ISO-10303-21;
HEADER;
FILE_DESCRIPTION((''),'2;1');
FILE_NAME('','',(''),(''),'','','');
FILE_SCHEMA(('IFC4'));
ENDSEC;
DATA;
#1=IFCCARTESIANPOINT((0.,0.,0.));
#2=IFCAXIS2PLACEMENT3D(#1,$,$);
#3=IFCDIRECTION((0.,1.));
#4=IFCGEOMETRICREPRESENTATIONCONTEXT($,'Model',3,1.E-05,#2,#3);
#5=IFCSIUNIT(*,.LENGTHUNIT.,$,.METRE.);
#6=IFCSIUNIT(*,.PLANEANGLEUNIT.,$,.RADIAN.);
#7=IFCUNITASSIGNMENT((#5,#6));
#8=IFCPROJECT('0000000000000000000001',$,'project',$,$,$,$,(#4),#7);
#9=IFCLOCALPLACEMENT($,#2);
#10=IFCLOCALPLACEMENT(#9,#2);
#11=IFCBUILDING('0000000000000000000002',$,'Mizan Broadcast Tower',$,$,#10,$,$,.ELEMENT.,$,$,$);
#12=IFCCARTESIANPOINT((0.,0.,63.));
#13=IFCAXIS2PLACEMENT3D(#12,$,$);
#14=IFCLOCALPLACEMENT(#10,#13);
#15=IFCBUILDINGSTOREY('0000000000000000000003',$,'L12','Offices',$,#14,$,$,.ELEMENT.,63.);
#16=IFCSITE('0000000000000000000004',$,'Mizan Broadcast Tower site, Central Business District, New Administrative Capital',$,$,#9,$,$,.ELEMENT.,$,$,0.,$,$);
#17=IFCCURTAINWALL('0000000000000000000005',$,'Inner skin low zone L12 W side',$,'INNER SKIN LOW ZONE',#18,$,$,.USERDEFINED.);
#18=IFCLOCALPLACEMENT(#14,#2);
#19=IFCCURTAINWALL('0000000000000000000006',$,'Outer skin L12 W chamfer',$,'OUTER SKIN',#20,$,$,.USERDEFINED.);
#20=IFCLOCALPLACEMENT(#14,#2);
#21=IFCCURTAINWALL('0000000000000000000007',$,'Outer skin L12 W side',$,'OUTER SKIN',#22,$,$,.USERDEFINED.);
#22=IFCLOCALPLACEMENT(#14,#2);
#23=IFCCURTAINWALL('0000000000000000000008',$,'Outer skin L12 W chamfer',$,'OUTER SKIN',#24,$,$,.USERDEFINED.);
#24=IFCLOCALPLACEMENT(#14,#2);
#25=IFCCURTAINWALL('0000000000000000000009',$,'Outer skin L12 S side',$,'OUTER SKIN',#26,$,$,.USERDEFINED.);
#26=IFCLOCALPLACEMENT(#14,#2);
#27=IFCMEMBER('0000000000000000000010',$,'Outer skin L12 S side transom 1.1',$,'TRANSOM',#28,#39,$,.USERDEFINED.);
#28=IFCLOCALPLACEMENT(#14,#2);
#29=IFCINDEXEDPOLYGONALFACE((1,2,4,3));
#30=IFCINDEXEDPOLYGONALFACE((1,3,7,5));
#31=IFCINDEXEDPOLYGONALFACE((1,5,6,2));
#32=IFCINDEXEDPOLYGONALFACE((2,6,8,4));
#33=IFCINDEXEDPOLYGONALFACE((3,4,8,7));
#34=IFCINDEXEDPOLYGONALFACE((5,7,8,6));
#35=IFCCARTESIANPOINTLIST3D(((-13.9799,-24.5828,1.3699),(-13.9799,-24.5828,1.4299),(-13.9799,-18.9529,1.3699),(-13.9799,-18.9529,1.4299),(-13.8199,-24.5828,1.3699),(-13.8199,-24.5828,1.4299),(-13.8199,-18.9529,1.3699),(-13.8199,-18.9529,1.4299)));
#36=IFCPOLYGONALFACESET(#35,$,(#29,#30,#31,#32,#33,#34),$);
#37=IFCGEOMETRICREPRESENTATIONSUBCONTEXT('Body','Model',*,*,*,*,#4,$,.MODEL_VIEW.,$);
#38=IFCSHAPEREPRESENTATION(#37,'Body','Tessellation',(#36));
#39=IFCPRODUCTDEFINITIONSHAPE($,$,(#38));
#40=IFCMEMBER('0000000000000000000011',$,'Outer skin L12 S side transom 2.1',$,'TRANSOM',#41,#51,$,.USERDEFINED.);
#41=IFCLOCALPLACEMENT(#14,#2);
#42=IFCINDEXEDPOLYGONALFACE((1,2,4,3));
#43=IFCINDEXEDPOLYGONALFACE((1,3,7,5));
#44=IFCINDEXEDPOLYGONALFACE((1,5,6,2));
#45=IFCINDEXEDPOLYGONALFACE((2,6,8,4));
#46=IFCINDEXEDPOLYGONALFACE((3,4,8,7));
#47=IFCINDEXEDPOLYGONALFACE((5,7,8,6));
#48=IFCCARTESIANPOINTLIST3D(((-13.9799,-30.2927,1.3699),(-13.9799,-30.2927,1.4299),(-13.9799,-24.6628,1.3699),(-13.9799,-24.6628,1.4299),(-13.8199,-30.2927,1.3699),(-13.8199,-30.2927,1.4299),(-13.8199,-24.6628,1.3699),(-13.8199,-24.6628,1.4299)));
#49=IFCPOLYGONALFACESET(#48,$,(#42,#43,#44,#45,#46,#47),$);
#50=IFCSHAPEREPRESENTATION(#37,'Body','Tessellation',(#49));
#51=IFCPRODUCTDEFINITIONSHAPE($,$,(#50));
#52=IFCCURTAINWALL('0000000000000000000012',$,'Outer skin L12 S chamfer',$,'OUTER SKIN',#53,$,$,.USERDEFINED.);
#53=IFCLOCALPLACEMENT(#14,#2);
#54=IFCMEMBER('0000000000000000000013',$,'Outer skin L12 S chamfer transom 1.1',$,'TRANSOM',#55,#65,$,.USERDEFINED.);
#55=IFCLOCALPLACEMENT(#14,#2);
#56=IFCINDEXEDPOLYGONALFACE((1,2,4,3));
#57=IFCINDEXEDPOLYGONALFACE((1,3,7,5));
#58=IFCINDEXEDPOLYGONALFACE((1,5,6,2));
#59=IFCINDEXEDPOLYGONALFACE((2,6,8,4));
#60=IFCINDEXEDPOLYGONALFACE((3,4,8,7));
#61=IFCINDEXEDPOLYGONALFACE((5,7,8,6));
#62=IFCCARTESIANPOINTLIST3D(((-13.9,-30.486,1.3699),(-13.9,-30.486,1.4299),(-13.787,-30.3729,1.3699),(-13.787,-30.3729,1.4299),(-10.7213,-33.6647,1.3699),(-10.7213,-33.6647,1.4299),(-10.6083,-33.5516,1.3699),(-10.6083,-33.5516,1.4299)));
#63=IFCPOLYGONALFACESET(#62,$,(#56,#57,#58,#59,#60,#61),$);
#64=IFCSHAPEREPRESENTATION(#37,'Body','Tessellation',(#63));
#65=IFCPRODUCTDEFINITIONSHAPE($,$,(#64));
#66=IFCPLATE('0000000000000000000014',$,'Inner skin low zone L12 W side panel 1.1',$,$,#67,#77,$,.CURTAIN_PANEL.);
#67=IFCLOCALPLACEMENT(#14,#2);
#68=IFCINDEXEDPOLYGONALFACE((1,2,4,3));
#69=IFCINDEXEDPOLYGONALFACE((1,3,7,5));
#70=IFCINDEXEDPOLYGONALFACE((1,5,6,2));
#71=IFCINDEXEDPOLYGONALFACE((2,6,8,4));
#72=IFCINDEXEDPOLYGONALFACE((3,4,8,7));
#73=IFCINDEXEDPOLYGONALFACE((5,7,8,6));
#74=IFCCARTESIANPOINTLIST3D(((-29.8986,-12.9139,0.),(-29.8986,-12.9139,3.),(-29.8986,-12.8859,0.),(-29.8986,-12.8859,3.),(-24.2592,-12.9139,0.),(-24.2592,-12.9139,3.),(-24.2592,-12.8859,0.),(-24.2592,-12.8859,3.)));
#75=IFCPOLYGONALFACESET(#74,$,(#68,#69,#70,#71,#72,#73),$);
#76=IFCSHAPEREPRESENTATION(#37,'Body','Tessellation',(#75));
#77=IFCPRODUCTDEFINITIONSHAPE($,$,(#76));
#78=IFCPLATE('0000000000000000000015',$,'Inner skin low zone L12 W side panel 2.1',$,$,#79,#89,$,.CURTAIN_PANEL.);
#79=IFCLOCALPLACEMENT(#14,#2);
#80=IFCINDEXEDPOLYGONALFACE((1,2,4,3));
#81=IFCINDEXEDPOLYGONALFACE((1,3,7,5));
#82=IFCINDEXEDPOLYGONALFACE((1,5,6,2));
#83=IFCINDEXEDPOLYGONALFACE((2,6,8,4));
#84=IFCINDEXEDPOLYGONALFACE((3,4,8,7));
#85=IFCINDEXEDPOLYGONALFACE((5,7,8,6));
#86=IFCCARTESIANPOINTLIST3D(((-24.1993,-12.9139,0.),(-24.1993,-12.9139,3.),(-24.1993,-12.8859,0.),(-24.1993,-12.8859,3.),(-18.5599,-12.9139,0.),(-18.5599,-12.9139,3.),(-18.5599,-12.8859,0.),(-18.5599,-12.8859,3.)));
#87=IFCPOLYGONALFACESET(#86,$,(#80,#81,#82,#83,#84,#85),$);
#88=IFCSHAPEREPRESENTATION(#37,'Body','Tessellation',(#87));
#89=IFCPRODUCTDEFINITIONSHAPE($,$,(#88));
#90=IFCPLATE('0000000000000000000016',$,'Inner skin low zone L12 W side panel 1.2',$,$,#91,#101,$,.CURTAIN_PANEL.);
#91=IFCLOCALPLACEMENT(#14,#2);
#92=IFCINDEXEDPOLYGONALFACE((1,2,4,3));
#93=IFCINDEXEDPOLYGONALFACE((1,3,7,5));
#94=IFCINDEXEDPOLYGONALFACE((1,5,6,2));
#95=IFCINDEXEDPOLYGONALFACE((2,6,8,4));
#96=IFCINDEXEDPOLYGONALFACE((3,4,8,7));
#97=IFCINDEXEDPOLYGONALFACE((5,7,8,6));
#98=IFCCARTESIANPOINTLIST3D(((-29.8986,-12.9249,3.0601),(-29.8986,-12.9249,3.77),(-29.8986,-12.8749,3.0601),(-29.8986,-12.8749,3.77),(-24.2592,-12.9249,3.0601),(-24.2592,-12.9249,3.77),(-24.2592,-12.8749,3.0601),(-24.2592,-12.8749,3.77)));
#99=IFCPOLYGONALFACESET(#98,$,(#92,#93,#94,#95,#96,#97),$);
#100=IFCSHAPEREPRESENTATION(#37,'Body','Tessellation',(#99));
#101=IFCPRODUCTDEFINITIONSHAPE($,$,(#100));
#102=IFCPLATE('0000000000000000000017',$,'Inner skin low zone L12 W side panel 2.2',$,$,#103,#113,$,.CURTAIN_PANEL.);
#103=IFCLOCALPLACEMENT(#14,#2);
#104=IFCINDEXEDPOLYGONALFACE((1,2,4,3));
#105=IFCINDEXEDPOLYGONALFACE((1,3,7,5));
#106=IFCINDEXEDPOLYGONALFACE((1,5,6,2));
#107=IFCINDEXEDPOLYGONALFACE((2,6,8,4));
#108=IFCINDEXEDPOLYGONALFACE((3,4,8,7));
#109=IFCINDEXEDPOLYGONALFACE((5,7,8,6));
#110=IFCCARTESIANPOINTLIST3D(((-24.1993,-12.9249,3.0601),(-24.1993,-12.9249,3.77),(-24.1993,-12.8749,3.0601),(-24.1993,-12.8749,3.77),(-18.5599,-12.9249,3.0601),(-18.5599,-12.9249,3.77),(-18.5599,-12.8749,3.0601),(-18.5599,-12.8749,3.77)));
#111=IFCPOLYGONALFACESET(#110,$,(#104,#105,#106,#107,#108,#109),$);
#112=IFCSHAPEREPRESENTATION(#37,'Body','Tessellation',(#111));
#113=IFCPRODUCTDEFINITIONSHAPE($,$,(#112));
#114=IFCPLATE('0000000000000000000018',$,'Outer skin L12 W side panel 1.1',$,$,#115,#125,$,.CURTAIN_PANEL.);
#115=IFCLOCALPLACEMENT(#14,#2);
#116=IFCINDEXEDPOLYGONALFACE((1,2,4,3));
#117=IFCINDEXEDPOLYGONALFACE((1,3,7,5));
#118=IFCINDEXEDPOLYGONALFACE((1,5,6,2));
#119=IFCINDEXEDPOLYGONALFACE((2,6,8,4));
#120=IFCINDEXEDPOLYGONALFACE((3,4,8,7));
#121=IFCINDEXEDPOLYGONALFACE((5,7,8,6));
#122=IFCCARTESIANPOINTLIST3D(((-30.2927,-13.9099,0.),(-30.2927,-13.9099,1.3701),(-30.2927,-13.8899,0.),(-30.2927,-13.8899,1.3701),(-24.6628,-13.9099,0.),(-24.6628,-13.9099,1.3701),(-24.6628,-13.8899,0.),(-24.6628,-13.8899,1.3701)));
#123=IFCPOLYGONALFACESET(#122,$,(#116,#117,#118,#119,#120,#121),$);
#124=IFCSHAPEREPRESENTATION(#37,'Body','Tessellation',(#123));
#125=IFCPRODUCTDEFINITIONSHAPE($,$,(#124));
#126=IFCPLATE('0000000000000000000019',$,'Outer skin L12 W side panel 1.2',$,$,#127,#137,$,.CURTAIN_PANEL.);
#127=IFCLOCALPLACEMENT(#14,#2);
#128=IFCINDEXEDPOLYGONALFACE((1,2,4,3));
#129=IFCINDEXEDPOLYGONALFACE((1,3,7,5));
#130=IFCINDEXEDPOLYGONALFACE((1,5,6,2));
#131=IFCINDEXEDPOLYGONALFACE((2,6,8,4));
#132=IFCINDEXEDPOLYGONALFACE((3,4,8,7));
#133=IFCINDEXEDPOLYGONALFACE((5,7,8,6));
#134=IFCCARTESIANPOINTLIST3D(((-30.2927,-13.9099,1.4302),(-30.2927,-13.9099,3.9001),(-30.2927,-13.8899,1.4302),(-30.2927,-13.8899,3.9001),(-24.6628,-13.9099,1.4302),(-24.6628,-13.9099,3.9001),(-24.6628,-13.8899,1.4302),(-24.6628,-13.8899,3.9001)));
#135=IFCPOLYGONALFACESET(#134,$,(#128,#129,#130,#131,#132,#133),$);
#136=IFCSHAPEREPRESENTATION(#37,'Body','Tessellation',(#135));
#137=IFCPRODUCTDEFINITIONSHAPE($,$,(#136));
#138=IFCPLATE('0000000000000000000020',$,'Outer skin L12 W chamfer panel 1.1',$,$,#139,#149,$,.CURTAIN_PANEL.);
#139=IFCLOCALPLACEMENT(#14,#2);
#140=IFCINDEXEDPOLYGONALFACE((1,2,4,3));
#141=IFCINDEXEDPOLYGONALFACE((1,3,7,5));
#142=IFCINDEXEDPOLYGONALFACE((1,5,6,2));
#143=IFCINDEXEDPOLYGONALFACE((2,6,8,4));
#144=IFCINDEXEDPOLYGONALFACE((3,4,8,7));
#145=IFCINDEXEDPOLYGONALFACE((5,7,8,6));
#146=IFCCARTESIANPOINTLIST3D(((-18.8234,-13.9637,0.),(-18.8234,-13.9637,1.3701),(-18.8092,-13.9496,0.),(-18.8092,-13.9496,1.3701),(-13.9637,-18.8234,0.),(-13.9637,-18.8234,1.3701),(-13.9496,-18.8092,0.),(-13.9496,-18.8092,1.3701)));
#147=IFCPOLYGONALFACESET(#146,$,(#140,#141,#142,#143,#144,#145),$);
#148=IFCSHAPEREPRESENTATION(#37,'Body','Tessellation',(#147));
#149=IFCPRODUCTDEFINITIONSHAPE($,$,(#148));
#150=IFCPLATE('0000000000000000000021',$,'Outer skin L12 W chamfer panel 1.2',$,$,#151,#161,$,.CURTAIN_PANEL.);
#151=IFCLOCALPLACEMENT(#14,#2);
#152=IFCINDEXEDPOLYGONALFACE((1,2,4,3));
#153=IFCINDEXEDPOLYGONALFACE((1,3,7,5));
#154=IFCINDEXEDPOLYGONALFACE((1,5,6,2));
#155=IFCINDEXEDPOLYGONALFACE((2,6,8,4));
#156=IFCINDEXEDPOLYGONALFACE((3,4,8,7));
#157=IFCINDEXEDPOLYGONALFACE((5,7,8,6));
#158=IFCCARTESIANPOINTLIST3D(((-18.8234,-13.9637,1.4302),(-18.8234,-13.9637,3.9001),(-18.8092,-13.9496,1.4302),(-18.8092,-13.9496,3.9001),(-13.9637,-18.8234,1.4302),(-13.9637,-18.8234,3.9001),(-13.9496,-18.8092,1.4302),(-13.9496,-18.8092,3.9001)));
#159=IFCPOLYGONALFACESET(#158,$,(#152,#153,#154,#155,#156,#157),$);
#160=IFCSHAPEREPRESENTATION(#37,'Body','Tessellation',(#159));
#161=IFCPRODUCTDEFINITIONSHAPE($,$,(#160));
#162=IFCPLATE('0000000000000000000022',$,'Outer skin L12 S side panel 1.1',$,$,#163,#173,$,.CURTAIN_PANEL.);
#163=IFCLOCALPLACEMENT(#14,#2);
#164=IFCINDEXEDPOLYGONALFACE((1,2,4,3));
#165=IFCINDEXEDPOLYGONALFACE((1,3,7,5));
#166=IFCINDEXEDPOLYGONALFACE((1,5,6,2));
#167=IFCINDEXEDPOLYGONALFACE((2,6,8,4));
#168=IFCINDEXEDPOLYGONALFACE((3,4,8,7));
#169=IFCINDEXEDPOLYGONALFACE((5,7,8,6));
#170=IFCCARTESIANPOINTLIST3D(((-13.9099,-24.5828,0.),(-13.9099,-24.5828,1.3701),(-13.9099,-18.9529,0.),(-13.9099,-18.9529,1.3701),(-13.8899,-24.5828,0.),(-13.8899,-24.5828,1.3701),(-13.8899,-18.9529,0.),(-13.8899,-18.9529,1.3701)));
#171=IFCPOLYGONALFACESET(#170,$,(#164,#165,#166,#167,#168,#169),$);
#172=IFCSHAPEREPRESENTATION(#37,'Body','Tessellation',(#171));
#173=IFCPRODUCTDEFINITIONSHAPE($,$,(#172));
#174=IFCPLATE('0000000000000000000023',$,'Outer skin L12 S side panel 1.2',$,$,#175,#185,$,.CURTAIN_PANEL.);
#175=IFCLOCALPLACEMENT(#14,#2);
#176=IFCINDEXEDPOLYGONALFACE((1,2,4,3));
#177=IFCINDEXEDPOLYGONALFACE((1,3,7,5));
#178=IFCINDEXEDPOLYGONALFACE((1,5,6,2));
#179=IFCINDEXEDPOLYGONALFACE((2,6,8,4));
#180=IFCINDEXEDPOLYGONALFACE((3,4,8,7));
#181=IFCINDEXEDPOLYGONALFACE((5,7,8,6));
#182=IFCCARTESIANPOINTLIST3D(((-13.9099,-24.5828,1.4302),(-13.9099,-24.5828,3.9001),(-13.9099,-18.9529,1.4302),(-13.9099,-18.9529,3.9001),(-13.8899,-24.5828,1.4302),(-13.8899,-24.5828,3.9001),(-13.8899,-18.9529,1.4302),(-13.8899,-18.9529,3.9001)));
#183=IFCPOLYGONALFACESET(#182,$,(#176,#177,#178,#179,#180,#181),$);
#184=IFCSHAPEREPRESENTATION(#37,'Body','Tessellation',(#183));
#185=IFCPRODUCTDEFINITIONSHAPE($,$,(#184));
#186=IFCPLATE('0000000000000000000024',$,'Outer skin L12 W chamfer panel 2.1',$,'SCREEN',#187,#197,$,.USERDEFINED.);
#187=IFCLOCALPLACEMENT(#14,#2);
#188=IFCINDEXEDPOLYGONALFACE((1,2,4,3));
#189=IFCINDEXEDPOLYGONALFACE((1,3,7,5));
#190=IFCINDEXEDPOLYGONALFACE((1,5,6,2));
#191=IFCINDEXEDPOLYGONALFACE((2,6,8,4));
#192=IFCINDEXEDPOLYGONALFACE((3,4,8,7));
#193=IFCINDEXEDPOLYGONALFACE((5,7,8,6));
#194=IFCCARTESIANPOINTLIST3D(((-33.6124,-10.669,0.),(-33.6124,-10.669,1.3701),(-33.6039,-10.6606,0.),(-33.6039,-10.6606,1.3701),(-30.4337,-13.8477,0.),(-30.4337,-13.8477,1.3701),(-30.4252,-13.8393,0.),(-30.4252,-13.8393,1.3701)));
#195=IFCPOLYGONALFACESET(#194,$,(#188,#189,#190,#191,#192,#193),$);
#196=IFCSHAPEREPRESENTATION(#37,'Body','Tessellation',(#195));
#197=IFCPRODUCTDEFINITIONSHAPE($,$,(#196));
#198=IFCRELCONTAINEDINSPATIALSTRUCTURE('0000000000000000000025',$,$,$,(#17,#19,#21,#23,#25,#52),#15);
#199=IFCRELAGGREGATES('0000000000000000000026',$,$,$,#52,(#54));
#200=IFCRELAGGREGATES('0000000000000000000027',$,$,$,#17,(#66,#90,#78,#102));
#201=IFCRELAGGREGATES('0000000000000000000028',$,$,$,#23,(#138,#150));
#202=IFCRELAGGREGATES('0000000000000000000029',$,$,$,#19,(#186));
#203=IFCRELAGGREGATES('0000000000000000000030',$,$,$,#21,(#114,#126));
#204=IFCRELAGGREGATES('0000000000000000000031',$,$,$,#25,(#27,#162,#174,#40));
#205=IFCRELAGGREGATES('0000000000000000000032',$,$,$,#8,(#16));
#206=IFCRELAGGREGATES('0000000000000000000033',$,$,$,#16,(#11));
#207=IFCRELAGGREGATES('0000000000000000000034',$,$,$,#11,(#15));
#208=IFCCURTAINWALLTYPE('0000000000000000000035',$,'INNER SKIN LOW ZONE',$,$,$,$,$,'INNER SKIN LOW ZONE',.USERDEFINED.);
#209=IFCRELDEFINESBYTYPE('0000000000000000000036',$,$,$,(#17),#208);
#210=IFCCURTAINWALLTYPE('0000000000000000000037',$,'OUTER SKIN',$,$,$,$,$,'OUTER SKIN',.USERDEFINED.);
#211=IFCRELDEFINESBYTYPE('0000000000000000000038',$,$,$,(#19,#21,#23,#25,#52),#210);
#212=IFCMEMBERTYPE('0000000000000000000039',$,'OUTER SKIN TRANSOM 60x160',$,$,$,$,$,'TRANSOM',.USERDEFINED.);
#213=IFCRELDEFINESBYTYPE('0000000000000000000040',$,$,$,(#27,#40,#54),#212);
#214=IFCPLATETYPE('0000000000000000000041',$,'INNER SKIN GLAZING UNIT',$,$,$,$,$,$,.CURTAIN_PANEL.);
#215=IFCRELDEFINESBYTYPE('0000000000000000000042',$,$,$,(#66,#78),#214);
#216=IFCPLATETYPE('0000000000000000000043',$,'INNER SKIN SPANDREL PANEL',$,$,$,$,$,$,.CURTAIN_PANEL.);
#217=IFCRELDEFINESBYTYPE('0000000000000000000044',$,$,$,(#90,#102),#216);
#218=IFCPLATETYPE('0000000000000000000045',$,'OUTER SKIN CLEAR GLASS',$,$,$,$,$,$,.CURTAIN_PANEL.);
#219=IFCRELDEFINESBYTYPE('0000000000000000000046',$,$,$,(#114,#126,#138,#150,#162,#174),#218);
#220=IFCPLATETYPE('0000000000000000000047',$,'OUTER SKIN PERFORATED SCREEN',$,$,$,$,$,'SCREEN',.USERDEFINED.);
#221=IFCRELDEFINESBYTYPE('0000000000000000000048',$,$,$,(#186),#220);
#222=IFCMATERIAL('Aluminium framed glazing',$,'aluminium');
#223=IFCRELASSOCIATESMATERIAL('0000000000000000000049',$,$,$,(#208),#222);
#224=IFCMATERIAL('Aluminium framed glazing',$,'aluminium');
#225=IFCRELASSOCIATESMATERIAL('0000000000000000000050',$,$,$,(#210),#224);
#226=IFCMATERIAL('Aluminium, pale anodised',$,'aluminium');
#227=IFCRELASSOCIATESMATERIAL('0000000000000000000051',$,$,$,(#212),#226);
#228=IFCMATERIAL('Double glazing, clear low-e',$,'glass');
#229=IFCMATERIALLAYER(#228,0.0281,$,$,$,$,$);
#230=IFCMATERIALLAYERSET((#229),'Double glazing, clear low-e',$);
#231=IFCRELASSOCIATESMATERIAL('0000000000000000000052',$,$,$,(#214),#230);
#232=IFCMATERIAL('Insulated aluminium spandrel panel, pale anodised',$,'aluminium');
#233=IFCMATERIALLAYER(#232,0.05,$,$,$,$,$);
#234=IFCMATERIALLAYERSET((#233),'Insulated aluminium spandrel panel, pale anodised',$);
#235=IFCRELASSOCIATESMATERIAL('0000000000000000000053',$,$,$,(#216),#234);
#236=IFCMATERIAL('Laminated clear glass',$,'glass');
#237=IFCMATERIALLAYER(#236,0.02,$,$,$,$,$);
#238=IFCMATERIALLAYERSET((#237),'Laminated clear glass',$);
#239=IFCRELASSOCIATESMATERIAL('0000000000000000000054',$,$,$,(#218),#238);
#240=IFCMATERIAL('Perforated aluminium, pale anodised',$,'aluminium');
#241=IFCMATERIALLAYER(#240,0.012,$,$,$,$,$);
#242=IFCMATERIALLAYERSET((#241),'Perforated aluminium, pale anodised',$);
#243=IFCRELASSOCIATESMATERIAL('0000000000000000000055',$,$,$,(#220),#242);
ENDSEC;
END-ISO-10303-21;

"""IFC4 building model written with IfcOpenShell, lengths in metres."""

from ifc_helpers import new_model, si_unit, direction, frame, origin, origin_2d, place, context, subcontext, project, spatial, rectangle, extrude, material, layer, layer_set, material_profile, profile_set, type_object, element, aggregate, save


model = new_model("IFC4")

# Units and contexts
model_context = context("Model", 3, precision=1e-05, world=origin(), true_north=direction((0.0, 1.0)))
body_context = subcontext(model_context, "Body", "Model", "MODEL_VIEW")
ifc_project = project(units=[si_unit("LENGTHUNIT", "METRE"), si_unit("PLANEANGLEUNIT", "RADIAN")], contexts=[model_context])

# Site, building, storey
site_placement = place(None, origin())
site = spatial("IfcSite", under=ifc_project, at=site_placement, Name="Mizan Broadcast Tower site, Central Business District, New Administrative Capital", CompositionType="ELEMENT", RefElevation=0.0)
building_placement = place(site_placement, origin())
building = spatial("IfcBuilding", under=site, at=building_placement, Name="Mizan Broadcast Tower", CompositionType="ELEMENT")
storey_placement = place(building_placement, frame((0.0, 0.0, 63.0)))
storey = spatial("IfcBuildingStorey", under=building, at=storey_placement, Name="L12", Description="Offices", CompositionType="ELEMENT", Elevation=63.0)

# Shared definitions
ifc_material_1 = material(Name="Aluminium framed glazing", Category="aluminium")
curtain_wall_type_1 = type_object("IfcCurtainWallType", Name="INNER SKIN LOW ZONE", ElementType="INNER SKIN LOW ZONE", PredefinedType="USERDEFINED", material=ifc_material_1)

# Curtain wall
curtain_wall_1_placement = place(storey_placement, origin())
curtain_wall_1 = element("IfcCurtainWall", 1, at=curtain_wall_1_placement, inside=storey, type_object=curtain_wall_type_1, Name="Inner skin low zone L12 W side", ObjectType="INNER SKIN LOW ZONE", PredefinedType="USERDEFINED")

# Curtain wall
ifc_material_2 = material(Name="Aluminium framed glazing", Category="aluminium")
curtain_wall_type_2 = type_object("IfcCurtainWallType", Name="OUTER SKIN", ElementType="OUTER SKIN", PredefinedType="USERDEFINED", material=ifc_material_2)
curtain_wall_2_placement = place(storey_placement, origin())
curtain_wall_2 = element("IfcCurtainWall", 2, at=curtain_wall_2_placement, inside=storey, type_object=curtain_wall_type_2, Name="Outer skin L12 W chamfer", ObjectType="OUTER SKIN", PredefinedType="USERDEFINED")

# Curtain wall
curtain_wall_3_placement = place(storey_placement, origin())
curtain_wall_3 = element("IfcCurtainWall", 3, at=curtain_wall_3_placement, inside=storey, type_object=curtain_wall_type_2, Name="Outer skin L12 W side", ObjectType="OUTER SKIN", PredefinedType="USERDEFINED")

# Curtain wall
curtain_wall_4_placement = place(storey_placement, origin())
curtain_wall_4 = element("IfcCurtainWall", 4, at=curtain_wall_4_placement, inside=storey, type_object=curtain_wall_type_2, Name="Outer skin L12 W chamfer", ObjectType="OUTER SKIN", PredefinedType="USERDEFINED")

# Curtain wall
curtain_wall_5_placement = place(storey_placement, origin())
curtain_wall_5 = element("IfcCurtainWall", 5, at=curtain_wall_5_placement, inside=storey, type_object=curtain_wall_type_2, Name="Outer skin L12 S side", ObjectType="OUTER SKIN", PredefinedType="USERDEFINED")

# Members
ifc_material_3 = material(Name="Aluminium, pale anodised", Category="aluminium")
ifc_material_profile_1 = material_profile(ifc_material_3, rectangle(XDim=0.1599, YDim=0.0601, at=origin_2d()), Name="TRANSOM 160x60")
ifc_profile_set_1 = profile_set([ifc_material_profile_1], Name="Aluminium, pale anodised")
member_type_1 = type_object("IfcMemberType", Name="OUTER SKIN TRANSOM 60x160", ElementType="TRANSOM", PredefinedType="USERDEFINED", material=ifc_profile_set_1)
member_1_placement = place(storey_placement, frame((-13.8999, -18.9529, 1.3999), z_axis=(0.0, -1.0, 0.0), x_axis=(1.0, 0.0, 0.0)))
member_1 = element("IfcMember", 6, at=member_1_placement, type_object=member_type_1, Name="Outer skin L12 S side transom 1.1", ObjectType="TRANSOM", PredefinedType="USERDEFINED", context=body_context, shape_type="SweptSolid", body=[
    extrude(rectangle(XDim=0.1599, YDim=0.0601, at=origin_2d()), origin(), (0.0, 0.0, 1.0), 5.6299),
])
member_2_placement = place(storey_placement, frame((-13.8999, -24.6628, 1.3999), z_axis=(0.0, -1.0, 0.0), x_axis=(1.0, 0.0, 0.0)))
member_2 = element("IfcMember", 7, at=member_2_placement, type_object=member_type_1, Name="Outer skin L12 S side transom 2.1", ObjectType="TRANSOM", PredefinedType="USERDEFINED", context=body_context, shape_type="SweptSolid", body=[
    extrude(rectangle(XDim=0.1599, YDim=0.0601, at=origin_2d()), origin(), (0.0, 0.0, 1.0), 5.6299),
])

# Curtain wall, member
curtain_wall_6_placement = place(storey_placement, origin())
curtain_wall_6 = element("IfcCurtainWall", 8, at=curtain_wall_6_placement, inside=storey, type_object=curtain_wall_type_2, Name="Outer skin L12 S chamfer", ObjectType="OUTER SKIN", PredefinedType="USERDEFINED")
member_3_placement = place(storey_placement, frame((-13.8435, -30.4294, 1.3999), z_axis=(0.707107, -0.707107, 0.0), x_axis=(0.707107, 0.707107, 0.0)))
member_3 = element("IfcMember", 9, at=member_3_placement, type_object=member_type_1, Name="Outer skin L12 S chamfer transom 1.1", ObjectType="TRANSOM", PredefinedType="USERDEFINED", context=body_context, shape_type="SweptSolid", body=[
    extrude(rectangle(XDim=0.1599, YDim=0.0601, at=origin_2d()), origin(), (0.0, 0.0, 1.0), 4.4954),
])
aggregate(curtain_wall_6, [member_3])

# Plates
ifc_material_4 = material(Name="Double glazing, clear low-e", Category="glass")
ifc_layer_1 = layer(ifc_material_4, 0.0281)
ifc_layer_set_1 = layer_set([ifc_layer_1], Name="Double glazing, clear low-e")
plate_type_1 = type_object("IfcPlateType", Name="INNER SKIN GLAZING UNIT", PredefinedType="CURTAIN_PANEL", material=ifc_layer_set_1)
plate_1_placement = place(storey_placement, frame((-27.0789, -12.8999, 0.0), z_axis=(0.0, 0.0, 1.0), x_axis=(1.0, 0.0, 0.0)))
plate_1 = element("IfcPlate", 10, at=plate_1_placement, type_object=plate_type_1, Name="Inner skin low zone L12 W side panel 1.1", PredefinedType="CURTAIN_PANEL", context=body_context, shape_type="SweptSolid", body=[
    extrude(rectangle(XDim=5.6394, YDim=0.0281, at=origin_2d()), origin(), (0.0, 0.0, 1.0), 3.0),
])
plate_2_placement = place(storey_placement, frame((-21.3796, -12.8999, 0.0), z_axis=(0.0, 0.0, 1.0), x_axis=(1.0, 0.0, 0.0)))
plate_2 = element("IfcPlate", 11, at=plate_2_placement, type_object=plate_type_1, Name="Inner skin low zone L12 W side panel 2.1", PredefinedType="CURTAIN_PANEL", context=body_context, shape_type="SweptSolid", body=[
    extrude(rectangle(XDim=5.6394, YDim=0.0281, at=origin_2d()), origin(), (0.0, 0.0, 1.0), 3.0),
])
ifc_material_5 = material(Name="Insulated aluminium spandrel panel, pale anodised", Category="aluminium")
ifc_layer_2 = layer(ifc_material_5, 0.05)
ifc_layer_set_2 = layer_set([ifc_layer_2], Name="Insulated aluminium spandrel panel, pale anodised")
plate_type_2 = type_object("IfcPlateType", Name="INNER SKIN SPANDREL PANEL", PredefinedType="CURTAIN_PANEL", material=ifc_layer_set_2)
plate_3_placement = place(storey_placement, frame((-27.0789, -12.8999, 3.0601), z_axis=(0.0, 0.0, 1.0), x_axis=(1.0, 0.0, 0.0)))
plate_3 = element("IfcPlate", 12, at=plate_3_placement, type_object=plate_type_2, Name="Inner skin low zone L12 W side panel 1.2", PredefinedType="CURTAIN_PANEL", context=body_context, shape_type="SweptSolid", body=[
    extrude(rectangle(XDim=5.6394, YDim=0.05, at=origin_2d()), origin(), (0.0, 0.0, 1.0), 0.71),
])
plate_4_placement = place(storey_placement, frame((-21.3796, -12.8999, 3.0601), z_axis=(0.0, 0.0, 1.0), x_axis=(1.0, 0.0, 0.0)))
plate_4 = element("IfcPlate", 13, at=plate_4_placement, type_object=plate_type_2, Name="Inner skin low zone L12 W side panel 2.2", PredefinedType="CURTAIN_PANEL", context=body_context, shape_type="SweptSolid", body=[
    extrude(rectangle(XDim=5.6394, YDim=0.05, at=origin_2d()), origin(), (0.0, 0.0, 1.0), 0.71),
])
aggregate(curtain_wall_1, [plate_1, plate_3, plate_2, plate_4])
ifc_material_6 = material(Name="Laminated clear glass", Category="glass")
ifc_layer_3 = layer(ifc_material_6, 0.02)
ifc_layer_set_3 = layer_set([ifc_layer_3], Name="Laminated clear glass")
plate_type_3 = type_object("IfcPlateType", Name="OUTER SKIN CLEAR GLASS", PredefinedType="CURTAIN_PANEL", material=ifc_layer_set_3)
plate_5_placement = place(storey_placement, frame((-27.4778, -13.8999, 0.0), z_axis=(0.0, 0.0, 1.0), x_axis=(1.0, 0.0, 0.0)))
plate_5 = element("IfcPlate", 14, at=plate_5_placement, type_object=plate_type_3, Name="Outer skin L12 W side panel 1.1", PredefinedType="CURTAIN_PANEL", context=body_context, shape_type="SweptSolid", body=[
    extrude(rectangle(XDim=5.6299, YDim=0.02, at=origin_2d()), origin(), (0.0, 0.0, 1.0), 1.3701),
])
plate_6_placement = place(storey_placement, frame((-27.4778, -13.8999, 1.4302), z_axis=(0.0, 0.0, 1.0), x_axis=(1.0, 0.0, 0.0)))
plate_6 = element("IfcPlate", 15, at=plate_6_placement, type_object=plate_type_3, Name="Outer skin L12 W side panel 1.2", PredefinedType="CURTAIN_PANEL", context=body_context, shape_type="SweptSolid", body=[
    extrude(rectangle(XDim=5.6299, YDim=0.02, at=origin_2d()), origin(), (0.0, 0.0, 1.0), 2.47),
])
plate_7_placement = place(storey_placement, frame((-16.3865, -16.3865, 0.0), z_axis=(0.0, 0.0, 1.0), x_axis=(0.707107, -0.707107, 0.0)))
plate_7 = element("IfcPlate", 16, at=plate_7_placement, type_object=plate_type_3, Name="Outer skin L12 W chamfer panel 1.1", PredefinedType="CURTAIN_PANEL", context=body_context, shape_type="SweptSolid", body=[
    extrude(rectangle(XDim=6.8726, YDim=0.02, at=origin_2d()), origin(), (0.0, 0.0, 1.0), 1.3701),
])
plate_8_placement = place(storey_placement, frame((-16.3865, -16.3865, 1.4302), z_axis=(0.0, 0.0, 1.0), x_axis=(0.707107, -0.707107, 0.0)))
plate_8 = element("IfcPlate", 17, at=plate_8_placement, type_object=plate_type_3, Name="Outer skin L12 W chamfer panel 1.2", PredefinedType="CURTAIN_PANEL", context=body_context, shape_type="SweptSolid", body=[
    extrude(rectangle(XDim=6.8726, YDim=0.02, at=origin_2d()), origin(), (0.0, 0.0, 1.0), 2.47),
])
aggregate(curtain_wall_4, [plate_7, plate_8])
plate_9_placement = place(storey_placement, frame((-13.8999, -21.7678, 0.0), z_axis=(0.0, 0.0, 1.0), x_axis=(0.0, -1.0, 0.0)))
plate_9 = element("IfcPlate", 18, at=plate_9_placement, type_object=plate_type_3, Name="Outer skin L12 S side panel 1.1", PredefinedType="CURTAIN_PANEL", context=body_context, shape_type="SweptSolid", body=[
    extrude(rectangle(XDim=5.6299, YDim=0.02, at=origin_2d()), origin(), (0.0, 0.0, 1.0), 1.3701),
])
plate_10_placement = place(storey_placement, frame((-13.8999, -21.7678, 1.4302), z_axis=(0.0, 0.0, 1.0), x_axis=(0.0, -1.0, 0.0)))
plate_10 = element("IfcPlate", 19, at=plate_10_placement, type_object=plate_type_3, Name="Outer skin L12 S side panel 1.2", PredefinedType="CURTAIN_PANEL", context=body_context, shape_type="SweptSolid", body=[
    extrude(rectangle(XDim=5.6299, YDim=0.02, at=origin_2d()), origin(), (0.0, 0.0, 1.0), 2.47),
])
ifc_material_7 = material(Name="Perforated aluminium, pale anodised", Category="aluminium")
ifc_layer_4 = layer(ifc_material_7, 0.012)
ifc_layer_set_4 = layer_set([ifc_layer_4], Name="Perforated aluminium, pale anodised")
plate_type_4 = type_object("IfcPlateType", Name="OUTER SKIN PERFORATED SCREEN", ElementType="SCREEN", PredefinedType="USERDEFINED", material=ifc_layer_set_4)
plate_11_placement = place(storey_placement, frame((-32.0188, -12.2542, 0.0), z_axis=(0.0, 0.0, 1.0), x_axis=(0.707107, -0.707107, 0.0)))
plate_11 = element("IfcPlate", 20, at=plate_11_placement, type_object=plate_type_4, Name="Outer skin L12 W chamfer panel 2.1", ObjectType="SCREEN", PredefinedType="USERDEFINED", context=body_context, shape_type="SweptSolid", body=[
    extrude(rectangle(XDim=4.4954, YDim=0.012, at=origin_2d()), origin(), (0.0, 0.0, 1.0), 1.3701),
])
aggregate(curtain_wall_2, [plate_11])
aggregate(curtain_wall_3, [plate_5, plate_6])
aggregate(curtain_wall_5, [member_1, plate_9, plate_10, member_2])

save(model, "model.ifc")
